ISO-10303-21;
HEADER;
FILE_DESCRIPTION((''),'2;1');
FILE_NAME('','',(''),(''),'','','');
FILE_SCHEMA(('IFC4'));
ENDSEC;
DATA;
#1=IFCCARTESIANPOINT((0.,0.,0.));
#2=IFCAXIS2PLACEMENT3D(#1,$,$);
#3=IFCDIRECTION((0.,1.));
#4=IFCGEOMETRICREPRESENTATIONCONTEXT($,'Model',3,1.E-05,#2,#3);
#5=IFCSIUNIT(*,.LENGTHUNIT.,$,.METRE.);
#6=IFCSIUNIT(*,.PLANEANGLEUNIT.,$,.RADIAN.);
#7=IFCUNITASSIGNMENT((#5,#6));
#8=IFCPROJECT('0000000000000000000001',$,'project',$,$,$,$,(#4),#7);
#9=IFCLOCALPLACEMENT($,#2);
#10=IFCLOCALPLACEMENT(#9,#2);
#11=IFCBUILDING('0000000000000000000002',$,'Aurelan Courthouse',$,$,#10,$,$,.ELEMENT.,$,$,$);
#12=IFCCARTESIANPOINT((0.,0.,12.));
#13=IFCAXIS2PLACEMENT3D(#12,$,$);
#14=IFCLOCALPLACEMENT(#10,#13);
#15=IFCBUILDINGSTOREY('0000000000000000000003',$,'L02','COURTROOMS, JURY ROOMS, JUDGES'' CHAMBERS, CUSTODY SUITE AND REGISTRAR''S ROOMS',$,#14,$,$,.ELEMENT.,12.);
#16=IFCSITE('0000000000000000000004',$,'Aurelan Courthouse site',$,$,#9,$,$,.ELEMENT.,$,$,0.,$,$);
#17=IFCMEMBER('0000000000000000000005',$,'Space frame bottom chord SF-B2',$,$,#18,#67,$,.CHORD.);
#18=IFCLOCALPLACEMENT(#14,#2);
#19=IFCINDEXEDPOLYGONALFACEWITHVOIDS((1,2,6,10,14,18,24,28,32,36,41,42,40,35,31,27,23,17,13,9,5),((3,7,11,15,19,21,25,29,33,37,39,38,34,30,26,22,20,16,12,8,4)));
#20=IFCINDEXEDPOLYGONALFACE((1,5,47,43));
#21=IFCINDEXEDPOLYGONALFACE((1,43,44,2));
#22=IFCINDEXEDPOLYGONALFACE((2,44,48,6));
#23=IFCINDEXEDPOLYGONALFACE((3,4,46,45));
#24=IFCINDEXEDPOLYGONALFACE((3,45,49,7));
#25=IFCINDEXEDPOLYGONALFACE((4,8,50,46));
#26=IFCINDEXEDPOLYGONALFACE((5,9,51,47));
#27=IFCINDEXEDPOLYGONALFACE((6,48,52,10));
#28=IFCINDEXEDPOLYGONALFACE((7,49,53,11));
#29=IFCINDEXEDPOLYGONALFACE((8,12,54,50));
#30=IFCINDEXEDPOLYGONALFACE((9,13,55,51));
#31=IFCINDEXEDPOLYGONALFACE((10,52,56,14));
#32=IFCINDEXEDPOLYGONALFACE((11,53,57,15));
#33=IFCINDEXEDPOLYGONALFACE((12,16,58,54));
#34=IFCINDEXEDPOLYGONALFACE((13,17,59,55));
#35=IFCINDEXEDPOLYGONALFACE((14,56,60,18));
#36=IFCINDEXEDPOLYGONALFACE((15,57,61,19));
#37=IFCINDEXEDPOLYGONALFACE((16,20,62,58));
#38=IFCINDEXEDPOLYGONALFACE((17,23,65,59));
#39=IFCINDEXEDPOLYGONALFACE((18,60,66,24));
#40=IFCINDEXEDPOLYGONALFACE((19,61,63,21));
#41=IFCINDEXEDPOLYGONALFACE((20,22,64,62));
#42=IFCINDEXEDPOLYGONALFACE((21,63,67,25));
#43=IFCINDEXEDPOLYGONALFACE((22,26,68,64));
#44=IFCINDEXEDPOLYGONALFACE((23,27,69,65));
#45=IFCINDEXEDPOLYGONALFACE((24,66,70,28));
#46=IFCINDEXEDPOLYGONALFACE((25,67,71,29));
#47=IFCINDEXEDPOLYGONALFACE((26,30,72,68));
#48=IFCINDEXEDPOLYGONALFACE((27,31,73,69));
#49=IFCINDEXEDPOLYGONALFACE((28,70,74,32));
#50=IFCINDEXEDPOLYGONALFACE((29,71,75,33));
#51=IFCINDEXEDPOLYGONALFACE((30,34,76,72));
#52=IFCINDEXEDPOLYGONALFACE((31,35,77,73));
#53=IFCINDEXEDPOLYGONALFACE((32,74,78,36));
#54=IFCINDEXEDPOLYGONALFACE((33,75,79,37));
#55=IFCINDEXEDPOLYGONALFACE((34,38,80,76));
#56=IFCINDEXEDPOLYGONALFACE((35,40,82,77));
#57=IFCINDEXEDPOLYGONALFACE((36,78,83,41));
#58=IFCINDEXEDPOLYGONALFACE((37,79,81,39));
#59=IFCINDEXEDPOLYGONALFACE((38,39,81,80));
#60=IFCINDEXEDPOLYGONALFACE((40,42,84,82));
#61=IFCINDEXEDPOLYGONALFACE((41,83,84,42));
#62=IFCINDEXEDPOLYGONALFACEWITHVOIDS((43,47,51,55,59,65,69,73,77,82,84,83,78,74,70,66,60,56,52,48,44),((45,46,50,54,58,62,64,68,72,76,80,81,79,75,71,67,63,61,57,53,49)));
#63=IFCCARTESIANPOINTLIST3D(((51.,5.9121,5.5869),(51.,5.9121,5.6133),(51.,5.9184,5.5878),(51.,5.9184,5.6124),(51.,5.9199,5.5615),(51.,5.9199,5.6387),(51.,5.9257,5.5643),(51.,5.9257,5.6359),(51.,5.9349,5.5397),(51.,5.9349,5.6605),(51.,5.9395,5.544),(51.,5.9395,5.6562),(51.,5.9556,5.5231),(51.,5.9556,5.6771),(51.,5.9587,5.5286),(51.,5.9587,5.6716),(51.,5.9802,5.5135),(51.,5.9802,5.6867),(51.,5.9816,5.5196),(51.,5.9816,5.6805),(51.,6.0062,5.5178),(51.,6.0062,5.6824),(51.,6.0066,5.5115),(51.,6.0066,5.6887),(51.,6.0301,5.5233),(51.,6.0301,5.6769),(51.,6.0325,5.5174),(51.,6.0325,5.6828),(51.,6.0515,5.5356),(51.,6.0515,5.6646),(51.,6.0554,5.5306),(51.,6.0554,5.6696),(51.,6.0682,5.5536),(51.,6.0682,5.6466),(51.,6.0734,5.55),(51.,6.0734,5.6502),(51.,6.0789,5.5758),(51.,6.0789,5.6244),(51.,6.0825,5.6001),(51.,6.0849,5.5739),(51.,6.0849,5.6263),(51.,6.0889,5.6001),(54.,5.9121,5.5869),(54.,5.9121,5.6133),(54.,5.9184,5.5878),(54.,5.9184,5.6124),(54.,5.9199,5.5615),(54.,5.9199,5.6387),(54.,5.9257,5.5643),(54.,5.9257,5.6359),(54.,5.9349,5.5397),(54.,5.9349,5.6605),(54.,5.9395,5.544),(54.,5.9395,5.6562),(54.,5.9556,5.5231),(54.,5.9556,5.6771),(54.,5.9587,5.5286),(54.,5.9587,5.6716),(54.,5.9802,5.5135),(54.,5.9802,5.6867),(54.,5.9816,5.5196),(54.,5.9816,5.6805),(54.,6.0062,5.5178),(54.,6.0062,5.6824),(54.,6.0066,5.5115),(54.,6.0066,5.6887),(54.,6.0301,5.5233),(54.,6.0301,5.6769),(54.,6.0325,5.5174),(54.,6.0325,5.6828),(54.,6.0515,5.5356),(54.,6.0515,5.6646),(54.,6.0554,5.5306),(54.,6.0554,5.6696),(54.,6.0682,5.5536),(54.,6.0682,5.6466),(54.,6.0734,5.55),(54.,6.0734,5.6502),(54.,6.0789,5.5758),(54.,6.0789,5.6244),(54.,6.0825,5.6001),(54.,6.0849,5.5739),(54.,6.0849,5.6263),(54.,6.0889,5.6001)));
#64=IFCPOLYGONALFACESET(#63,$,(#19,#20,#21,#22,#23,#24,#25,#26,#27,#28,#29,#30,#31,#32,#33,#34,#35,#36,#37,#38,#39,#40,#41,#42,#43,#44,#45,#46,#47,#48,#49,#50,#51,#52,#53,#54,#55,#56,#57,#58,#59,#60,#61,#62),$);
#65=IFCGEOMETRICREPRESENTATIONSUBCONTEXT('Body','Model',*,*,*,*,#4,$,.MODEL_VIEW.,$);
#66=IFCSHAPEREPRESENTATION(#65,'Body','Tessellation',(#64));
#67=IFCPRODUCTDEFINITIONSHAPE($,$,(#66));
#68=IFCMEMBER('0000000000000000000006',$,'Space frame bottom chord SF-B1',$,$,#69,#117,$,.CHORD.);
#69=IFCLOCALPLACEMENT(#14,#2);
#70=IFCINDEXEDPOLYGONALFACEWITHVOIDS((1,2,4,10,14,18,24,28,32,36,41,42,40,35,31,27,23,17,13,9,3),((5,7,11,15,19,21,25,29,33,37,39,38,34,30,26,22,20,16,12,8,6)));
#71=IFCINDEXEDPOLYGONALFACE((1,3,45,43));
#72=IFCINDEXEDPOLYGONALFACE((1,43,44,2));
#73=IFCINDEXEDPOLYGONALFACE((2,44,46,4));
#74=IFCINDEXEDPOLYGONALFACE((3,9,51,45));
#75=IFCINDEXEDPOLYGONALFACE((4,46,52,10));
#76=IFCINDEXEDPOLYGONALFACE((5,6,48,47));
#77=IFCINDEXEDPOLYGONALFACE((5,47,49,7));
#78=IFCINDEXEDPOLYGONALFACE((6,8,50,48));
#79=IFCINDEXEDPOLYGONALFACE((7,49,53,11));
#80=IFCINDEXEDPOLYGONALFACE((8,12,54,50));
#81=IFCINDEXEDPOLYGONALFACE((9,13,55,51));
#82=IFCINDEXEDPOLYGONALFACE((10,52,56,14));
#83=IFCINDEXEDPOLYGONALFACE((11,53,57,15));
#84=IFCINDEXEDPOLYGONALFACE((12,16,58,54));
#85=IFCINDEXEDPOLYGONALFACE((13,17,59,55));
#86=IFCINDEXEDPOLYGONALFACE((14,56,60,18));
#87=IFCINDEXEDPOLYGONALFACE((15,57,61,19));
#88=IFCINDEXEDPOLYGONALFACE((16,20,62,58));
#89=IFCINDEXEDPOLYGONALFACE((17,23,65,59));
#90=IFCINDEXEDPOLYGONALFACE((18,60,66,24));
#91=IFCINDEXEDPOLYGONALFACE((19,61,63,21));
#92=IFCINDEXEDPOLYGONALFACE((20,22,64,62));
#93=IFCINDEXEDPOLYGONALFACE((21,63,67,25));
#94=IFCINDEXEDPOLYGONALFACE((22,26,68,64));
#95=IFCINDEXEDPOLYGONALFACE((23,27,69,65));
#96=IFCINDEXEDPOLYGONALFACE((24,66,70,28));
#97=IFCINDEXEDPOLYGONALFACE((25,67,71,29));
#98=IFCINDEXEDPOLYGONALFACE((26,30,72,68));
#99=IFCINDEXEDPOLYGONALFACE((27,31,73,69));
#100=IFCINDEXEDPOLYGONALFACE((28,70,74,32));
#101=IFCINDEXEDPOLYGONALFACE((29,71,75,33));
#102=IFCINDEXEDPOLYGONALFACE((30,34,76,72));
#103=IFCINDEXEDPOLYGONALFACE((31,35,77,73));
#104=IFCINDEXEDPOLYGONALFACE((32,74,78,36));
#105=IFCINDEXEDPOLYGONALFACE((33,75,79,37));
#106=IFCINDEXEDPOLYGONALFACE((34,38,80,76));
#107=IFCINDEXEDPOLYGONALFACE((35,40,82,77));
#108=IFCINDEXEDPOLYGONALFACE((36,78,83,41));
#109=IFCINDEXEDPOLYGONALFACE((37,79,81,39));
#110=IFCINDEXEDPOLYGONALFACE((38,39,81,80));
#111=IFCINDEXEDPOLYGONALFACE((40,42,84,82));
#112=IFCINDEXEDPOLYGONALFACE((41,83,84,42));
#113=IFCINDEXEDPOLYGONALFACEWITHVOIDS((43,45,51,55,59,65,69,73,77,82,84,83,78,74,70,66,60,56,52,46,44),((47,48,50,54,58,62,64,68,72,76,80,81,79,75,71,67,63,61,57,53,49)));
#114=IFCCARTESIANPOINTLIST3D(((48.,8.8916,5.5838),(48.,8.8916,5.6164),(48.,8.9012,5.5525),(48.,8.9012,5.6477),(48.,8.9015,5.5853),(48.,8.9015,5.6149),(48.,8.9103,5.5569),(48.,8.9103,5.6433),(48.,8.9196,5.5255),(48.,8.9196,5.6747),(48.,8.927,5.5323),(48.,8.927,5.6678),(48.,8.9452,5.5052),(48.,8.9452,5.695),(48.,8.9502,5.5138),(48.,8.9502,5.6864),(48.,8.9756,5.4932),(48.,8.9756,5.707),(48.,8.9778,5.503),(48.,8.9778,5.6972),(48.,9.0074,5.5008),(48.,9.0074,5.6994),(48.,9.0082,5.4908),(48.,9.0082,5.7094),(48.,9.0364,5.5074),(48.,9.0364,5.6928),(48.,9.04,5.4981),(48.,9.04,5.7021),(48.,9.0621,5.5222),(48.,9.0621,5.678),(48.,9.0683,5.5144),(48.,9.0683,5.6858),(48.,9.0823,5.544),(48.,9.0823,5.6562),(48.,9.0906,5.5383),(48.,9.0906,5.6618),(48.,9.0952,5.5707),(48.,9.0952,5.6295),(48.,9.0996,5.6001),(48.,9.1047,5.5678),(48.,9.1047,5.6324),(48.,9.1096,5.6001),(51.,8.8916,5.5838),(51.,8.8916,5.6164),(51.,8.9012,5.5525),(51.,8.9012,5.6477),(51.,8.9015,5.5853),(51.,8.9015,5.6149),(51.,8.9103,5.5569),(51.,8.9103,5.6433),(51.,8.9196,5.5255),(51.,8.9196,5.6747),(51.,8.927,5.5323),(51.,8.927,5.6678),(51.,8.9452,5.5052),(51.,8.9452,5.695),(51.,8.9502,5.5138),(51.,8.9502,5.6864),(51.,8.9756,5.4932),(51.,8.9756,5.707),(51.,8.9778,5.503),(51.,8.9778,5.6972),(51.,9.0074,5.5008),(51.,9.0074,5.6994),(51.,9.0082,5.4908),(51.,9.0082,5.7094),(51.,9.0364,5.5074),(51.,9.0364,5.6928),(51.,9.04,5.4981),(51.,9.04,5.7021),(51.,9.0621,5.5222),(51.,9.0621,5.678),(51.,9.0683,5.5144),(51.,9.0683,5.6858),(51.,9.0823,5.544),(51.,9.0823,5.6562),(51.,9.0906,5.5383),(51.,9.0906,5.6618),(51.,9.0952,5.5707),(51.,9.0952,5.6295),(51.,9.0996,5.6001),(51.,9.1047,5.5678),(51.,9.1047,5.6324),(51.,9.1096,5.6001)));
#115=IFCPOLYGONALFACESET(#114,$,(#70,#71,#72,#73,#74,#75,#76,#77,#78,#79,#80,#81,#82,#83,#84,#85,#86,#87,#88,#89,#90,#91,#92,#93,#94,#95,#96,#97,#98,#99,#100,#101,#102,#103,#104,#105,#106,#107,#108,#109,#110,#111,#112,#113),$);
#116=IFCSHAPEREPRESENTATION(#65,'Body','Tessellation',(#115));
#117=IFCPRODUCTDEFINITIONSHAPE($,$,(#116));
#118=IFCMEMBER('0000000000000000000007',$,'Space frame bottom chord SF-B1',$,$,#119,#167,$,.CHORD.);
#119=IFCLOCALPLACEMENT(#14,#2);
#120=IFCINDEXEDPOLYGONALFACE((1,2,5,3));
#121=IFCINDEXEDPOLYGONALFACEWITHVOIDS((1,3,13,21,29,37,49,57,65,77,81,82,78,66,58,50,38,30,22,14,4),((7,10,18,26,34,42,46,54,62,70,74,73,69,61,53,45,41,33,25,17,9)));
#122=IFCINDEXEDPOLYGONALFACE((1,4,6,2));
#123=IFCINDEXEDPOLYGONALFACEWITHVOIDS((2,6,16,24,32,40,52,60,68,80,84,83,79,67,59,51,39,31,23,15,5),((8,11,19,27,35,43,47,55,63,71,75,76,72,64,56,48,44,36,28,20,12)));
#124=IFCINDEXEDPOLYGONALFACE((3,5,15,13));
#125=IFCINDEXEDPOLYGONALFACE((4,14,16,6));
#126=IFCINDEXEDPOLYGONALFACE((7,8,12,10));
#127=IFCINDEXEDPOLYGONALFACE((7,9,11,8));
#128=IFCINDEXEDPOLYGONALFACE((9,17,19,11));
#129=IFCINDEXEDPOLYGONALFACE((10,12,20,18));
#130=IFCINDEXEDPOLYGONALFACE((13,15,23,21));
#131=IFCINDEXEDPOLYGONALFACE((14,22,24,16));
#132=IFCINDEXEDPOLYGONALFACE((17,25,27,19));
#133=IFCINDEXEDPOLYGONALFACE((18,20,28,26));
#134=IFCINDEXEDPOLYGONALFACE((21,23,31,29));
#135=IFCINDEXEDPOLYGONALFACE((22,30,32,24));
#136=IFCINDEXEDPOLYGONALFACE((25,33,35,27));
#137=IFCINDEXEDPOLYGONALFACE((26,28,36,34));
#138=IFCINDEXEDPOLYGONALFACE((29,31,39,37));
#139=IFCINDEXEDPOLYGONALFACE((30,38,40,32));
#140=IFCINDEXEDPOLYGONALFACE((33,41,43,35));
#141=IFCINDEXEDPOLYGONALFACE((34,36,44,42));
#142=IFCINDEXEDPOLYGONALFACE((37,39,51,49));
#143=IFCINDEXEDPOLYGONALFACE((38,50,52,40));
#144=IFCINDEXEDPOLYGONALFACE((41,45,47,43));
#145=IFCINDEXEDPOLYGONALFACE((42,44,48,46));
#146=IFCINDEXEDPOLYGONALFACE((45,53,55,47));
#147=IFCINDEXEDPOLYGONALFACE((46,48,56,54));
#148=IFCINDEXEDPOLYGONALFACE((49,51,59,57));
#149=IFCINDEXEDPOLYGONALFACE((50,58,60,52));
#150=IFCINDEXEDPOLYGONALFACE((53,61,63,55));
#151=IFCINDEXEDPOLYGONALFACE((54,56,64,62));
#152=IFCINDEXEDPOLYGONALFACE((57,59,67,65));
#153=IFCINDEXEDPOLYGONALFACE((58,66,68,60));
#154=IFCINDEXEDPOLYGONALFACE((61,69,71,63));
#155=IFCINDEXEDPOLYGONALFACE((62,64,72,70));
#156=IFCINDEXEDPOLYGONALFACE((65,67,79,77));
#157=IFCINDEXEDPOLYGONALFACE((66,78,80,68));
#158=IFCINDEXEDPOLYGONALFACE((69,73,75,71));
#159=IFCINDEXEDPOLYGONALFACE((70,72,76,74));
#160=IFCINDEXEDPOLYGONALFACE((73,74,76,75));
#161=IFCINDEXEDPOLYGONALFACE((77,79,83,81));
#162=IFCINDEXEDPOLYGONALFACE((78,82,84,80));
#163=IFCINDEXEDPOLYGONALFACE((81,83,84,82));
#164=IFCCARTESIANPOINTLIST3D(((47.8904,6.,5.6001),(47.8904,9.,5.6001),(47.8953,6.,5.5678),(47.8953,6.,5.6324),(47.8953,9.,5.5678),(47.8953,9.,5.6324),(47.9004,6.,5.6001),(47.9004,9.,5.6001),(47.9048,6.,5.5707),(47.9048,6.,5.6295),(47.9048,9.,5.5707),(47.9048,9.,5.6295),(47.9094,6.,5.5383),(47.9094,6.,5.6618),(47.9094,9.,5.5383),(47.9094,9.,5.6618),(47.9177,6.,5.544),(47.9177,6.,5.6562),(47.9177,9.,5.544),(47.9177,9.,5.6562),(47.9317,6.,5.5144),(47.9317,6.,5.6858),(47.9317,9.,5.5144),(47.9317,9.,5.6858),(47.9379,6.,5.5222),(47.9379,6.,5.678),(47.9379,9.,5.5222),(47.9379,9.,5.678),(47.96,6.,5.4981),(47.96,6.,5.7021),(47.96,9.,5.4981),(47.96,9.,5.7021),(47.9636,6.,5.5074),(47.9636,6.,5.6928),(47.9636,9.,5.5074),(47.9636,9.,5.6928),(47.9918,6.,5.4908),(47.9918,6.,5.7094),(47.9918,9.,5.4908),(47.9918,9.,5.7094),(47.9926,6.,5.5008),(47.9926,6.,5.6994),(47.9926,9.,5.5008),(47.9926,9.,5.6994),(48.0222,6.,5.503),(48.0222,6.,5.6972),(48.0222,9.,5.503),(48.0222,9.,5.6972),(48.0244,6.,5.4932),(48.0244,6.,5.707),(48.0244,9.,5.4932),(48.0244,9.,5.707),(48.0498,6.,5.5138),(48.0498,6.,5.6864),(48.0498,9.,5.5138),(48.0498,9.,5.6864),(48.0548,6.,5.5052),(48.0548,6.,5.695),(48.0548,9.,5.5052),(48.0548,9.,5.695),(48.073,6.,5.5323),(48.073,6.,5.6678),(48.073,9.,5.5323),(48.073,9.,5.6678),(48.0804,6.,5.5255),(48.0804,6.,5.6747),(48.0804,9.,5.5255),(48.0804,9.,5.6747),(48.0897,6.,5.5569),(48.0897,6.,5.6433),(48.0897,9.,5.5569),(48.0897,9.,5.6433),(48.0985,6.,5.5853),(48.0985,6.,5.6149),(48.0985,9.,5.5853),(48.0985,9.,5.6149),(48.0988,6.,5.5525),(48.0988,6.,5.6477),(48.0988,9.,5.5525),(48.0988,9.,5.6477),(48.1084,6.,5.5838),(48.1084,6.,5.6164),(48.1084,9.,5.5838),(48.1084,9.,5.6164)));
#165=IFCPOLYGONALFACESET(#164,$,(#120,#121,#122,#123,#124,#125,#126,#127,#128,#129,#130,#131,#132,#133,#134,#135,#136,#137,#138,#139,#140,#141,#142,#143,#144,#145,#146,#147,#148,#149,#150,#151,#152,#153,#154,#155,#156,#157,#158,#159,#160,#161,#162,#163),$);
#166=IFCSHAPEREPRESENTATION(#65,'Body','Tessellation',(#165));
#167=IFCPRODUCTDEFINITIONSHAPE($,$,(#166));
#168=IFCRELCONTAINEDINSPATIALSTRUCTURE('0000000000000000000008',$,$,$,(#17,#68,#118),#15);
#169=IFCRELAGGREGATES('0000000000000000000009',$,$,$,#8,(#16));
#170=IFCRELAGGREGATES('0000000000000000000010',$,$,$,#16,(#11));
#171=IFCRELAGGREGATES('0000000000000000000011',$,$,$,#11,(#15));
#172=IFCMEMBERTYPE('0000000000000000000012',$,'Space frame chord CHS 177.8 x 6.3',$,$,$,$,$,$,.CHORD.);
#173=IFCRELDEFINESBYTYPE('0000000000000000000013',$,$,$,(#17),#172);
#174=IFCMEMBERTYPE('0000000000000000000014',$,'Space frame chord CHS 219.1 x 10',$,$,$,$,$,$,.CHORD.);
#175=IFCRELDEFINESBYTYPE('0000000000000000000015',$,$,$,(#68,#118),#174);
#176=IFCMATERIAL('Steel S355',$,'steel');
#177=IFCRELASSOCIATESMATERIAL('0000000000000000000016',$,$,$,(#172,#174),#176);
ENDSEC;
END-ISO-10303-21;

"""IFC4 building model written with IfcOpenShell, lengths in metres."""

from ifc_helpers import new_model, si_unit, direction, frame, origin, origin_2d, place, context, subcontext, project, spatial, hollow_circle, extrude, material, material_profile, profile_set, type_object, element, save


model = new_model("IFC4")

# Units and contexts
model_context = context("Model", 3, precision=1e-05, world=origin(), true_north=direction((0.0, 1.0)))
body_context = subcontext(model_context, "Body", "Model", "MODEL_VIEW")
ifc_project = project(units=[si_unit("LENGTHUNIT", "METRE"), si_unit("PLANEANGLEUNIT", "RADIAN")], contexts=[model_context])

# Site, building, storey
site_placement = place(None, origin())
site = spatial("IfcSite", under=ifc_project, at=site_placement, Name="Aurelan Courthouse site", CompositionType="ELEMENT", RefElevation=0.0)
building_placement = place(site_placement, origin())
building = spatial("IfcBuilding", under=site, at=building_placement, Name="Aurelan Courthouse", CompositionType="ELEMENT")
storey_placement = place(building_placement, frame((0.0, 0.0, 12.0)))
storey = spatial("IfcBuildingStorey", under=building, at=storey_placement, Name="L02", Description="COURTROOMS, JURY ROOMS, JUDGES' CHAMBERS, CUSTODY SUITE AND REGISTRAR'S ROOMS", CompositionType="ELEMENT", Elevation=12.0)

# Members
ifc_material_1 = material(Name="Steel S355", Category="steel")
ifc_material_profile_1 = material_profile(ifc_material_1, hollow_circle(Radius=0.0889, WallThickness=0.0063, at=origin_2d()), Name="CHS 177.8 x 6.3")
ifc_profile_set_1 = profile_set([ifc_material_profile_1], Name="Steel S355")
member_type_1 = type_object("IfcMemberType", Name="Space frame chord CHS 177.8 x 6.3", PredefinedType="CHORD", material=ifc_profile_set_1)
for number, where, z_axis, x_axis, name in (
    (1, (51.0, 6.0, 5.6001), (1.0, 0.0, 0.0), (0.0, 1.0, 0.0), "Space frame bottom chord SF-B2"),
):
    element("IfcMember", number, at=place(storey_placement, frame(where, z_axis=z_axis, x_axis=x_axis)), inside=storey, type_object=member_type_1, Name=name, PredefinedType="CHORD", context=body_context, shape_type="SweptSolid", body=[
        extrude(hollow_circle(Radius=0.0889, WallThickness=0.0063, at=origin_2d()), origin(), (0.0, 0.0, 1.0), 3.0),
    ])
ifc_material_profile_2 = material_profile(ifc_material_1, hollow_circle(Radius=0.1096, WallThickness=0.01, at=origin_2d()), Name="CHS 219.1 x 10")
ifc_profile_set_2 = profile_set([ifc_material_profile_2], Name="Steel S355")
member_type_2 = type_object("IfcMemberType", Name="Space frame chord CHS 219.1 x 10", PredefinedType="CHORD", material=ifc_profile_set_2)
for number, where, z_axis, x_axis, name in (
    (2, (48.0, 9.0, 5.6001), (1.0, 0.0, 0.0), (0.0, 1.0, 0.0), "Space frame bottom chord SF-B1"),
    (3, (48.0, 6.0, 5.6001), (0.0, 1.0, 0.0), (-1.0, 0.0, 0.0), "Space frame bottom chord SF-B1"),
):
    element("IfcMember", number, at=place(storey_placement, frame(where, z_axis=z_axis, x_axis=x_axis)), inside=storey, type_object=member_type_2, Name=name, PredefinedType="CHORD", context=body_context, shape_type="SweptSolid", body=[
        extrude(hollow_circle(Radius=0.1096, WallThickness=0.01, at=origin_2d()), origin(), (0.0, 0.0, 1.0), 3.0),
    ])

save(model, "model.ifc")
